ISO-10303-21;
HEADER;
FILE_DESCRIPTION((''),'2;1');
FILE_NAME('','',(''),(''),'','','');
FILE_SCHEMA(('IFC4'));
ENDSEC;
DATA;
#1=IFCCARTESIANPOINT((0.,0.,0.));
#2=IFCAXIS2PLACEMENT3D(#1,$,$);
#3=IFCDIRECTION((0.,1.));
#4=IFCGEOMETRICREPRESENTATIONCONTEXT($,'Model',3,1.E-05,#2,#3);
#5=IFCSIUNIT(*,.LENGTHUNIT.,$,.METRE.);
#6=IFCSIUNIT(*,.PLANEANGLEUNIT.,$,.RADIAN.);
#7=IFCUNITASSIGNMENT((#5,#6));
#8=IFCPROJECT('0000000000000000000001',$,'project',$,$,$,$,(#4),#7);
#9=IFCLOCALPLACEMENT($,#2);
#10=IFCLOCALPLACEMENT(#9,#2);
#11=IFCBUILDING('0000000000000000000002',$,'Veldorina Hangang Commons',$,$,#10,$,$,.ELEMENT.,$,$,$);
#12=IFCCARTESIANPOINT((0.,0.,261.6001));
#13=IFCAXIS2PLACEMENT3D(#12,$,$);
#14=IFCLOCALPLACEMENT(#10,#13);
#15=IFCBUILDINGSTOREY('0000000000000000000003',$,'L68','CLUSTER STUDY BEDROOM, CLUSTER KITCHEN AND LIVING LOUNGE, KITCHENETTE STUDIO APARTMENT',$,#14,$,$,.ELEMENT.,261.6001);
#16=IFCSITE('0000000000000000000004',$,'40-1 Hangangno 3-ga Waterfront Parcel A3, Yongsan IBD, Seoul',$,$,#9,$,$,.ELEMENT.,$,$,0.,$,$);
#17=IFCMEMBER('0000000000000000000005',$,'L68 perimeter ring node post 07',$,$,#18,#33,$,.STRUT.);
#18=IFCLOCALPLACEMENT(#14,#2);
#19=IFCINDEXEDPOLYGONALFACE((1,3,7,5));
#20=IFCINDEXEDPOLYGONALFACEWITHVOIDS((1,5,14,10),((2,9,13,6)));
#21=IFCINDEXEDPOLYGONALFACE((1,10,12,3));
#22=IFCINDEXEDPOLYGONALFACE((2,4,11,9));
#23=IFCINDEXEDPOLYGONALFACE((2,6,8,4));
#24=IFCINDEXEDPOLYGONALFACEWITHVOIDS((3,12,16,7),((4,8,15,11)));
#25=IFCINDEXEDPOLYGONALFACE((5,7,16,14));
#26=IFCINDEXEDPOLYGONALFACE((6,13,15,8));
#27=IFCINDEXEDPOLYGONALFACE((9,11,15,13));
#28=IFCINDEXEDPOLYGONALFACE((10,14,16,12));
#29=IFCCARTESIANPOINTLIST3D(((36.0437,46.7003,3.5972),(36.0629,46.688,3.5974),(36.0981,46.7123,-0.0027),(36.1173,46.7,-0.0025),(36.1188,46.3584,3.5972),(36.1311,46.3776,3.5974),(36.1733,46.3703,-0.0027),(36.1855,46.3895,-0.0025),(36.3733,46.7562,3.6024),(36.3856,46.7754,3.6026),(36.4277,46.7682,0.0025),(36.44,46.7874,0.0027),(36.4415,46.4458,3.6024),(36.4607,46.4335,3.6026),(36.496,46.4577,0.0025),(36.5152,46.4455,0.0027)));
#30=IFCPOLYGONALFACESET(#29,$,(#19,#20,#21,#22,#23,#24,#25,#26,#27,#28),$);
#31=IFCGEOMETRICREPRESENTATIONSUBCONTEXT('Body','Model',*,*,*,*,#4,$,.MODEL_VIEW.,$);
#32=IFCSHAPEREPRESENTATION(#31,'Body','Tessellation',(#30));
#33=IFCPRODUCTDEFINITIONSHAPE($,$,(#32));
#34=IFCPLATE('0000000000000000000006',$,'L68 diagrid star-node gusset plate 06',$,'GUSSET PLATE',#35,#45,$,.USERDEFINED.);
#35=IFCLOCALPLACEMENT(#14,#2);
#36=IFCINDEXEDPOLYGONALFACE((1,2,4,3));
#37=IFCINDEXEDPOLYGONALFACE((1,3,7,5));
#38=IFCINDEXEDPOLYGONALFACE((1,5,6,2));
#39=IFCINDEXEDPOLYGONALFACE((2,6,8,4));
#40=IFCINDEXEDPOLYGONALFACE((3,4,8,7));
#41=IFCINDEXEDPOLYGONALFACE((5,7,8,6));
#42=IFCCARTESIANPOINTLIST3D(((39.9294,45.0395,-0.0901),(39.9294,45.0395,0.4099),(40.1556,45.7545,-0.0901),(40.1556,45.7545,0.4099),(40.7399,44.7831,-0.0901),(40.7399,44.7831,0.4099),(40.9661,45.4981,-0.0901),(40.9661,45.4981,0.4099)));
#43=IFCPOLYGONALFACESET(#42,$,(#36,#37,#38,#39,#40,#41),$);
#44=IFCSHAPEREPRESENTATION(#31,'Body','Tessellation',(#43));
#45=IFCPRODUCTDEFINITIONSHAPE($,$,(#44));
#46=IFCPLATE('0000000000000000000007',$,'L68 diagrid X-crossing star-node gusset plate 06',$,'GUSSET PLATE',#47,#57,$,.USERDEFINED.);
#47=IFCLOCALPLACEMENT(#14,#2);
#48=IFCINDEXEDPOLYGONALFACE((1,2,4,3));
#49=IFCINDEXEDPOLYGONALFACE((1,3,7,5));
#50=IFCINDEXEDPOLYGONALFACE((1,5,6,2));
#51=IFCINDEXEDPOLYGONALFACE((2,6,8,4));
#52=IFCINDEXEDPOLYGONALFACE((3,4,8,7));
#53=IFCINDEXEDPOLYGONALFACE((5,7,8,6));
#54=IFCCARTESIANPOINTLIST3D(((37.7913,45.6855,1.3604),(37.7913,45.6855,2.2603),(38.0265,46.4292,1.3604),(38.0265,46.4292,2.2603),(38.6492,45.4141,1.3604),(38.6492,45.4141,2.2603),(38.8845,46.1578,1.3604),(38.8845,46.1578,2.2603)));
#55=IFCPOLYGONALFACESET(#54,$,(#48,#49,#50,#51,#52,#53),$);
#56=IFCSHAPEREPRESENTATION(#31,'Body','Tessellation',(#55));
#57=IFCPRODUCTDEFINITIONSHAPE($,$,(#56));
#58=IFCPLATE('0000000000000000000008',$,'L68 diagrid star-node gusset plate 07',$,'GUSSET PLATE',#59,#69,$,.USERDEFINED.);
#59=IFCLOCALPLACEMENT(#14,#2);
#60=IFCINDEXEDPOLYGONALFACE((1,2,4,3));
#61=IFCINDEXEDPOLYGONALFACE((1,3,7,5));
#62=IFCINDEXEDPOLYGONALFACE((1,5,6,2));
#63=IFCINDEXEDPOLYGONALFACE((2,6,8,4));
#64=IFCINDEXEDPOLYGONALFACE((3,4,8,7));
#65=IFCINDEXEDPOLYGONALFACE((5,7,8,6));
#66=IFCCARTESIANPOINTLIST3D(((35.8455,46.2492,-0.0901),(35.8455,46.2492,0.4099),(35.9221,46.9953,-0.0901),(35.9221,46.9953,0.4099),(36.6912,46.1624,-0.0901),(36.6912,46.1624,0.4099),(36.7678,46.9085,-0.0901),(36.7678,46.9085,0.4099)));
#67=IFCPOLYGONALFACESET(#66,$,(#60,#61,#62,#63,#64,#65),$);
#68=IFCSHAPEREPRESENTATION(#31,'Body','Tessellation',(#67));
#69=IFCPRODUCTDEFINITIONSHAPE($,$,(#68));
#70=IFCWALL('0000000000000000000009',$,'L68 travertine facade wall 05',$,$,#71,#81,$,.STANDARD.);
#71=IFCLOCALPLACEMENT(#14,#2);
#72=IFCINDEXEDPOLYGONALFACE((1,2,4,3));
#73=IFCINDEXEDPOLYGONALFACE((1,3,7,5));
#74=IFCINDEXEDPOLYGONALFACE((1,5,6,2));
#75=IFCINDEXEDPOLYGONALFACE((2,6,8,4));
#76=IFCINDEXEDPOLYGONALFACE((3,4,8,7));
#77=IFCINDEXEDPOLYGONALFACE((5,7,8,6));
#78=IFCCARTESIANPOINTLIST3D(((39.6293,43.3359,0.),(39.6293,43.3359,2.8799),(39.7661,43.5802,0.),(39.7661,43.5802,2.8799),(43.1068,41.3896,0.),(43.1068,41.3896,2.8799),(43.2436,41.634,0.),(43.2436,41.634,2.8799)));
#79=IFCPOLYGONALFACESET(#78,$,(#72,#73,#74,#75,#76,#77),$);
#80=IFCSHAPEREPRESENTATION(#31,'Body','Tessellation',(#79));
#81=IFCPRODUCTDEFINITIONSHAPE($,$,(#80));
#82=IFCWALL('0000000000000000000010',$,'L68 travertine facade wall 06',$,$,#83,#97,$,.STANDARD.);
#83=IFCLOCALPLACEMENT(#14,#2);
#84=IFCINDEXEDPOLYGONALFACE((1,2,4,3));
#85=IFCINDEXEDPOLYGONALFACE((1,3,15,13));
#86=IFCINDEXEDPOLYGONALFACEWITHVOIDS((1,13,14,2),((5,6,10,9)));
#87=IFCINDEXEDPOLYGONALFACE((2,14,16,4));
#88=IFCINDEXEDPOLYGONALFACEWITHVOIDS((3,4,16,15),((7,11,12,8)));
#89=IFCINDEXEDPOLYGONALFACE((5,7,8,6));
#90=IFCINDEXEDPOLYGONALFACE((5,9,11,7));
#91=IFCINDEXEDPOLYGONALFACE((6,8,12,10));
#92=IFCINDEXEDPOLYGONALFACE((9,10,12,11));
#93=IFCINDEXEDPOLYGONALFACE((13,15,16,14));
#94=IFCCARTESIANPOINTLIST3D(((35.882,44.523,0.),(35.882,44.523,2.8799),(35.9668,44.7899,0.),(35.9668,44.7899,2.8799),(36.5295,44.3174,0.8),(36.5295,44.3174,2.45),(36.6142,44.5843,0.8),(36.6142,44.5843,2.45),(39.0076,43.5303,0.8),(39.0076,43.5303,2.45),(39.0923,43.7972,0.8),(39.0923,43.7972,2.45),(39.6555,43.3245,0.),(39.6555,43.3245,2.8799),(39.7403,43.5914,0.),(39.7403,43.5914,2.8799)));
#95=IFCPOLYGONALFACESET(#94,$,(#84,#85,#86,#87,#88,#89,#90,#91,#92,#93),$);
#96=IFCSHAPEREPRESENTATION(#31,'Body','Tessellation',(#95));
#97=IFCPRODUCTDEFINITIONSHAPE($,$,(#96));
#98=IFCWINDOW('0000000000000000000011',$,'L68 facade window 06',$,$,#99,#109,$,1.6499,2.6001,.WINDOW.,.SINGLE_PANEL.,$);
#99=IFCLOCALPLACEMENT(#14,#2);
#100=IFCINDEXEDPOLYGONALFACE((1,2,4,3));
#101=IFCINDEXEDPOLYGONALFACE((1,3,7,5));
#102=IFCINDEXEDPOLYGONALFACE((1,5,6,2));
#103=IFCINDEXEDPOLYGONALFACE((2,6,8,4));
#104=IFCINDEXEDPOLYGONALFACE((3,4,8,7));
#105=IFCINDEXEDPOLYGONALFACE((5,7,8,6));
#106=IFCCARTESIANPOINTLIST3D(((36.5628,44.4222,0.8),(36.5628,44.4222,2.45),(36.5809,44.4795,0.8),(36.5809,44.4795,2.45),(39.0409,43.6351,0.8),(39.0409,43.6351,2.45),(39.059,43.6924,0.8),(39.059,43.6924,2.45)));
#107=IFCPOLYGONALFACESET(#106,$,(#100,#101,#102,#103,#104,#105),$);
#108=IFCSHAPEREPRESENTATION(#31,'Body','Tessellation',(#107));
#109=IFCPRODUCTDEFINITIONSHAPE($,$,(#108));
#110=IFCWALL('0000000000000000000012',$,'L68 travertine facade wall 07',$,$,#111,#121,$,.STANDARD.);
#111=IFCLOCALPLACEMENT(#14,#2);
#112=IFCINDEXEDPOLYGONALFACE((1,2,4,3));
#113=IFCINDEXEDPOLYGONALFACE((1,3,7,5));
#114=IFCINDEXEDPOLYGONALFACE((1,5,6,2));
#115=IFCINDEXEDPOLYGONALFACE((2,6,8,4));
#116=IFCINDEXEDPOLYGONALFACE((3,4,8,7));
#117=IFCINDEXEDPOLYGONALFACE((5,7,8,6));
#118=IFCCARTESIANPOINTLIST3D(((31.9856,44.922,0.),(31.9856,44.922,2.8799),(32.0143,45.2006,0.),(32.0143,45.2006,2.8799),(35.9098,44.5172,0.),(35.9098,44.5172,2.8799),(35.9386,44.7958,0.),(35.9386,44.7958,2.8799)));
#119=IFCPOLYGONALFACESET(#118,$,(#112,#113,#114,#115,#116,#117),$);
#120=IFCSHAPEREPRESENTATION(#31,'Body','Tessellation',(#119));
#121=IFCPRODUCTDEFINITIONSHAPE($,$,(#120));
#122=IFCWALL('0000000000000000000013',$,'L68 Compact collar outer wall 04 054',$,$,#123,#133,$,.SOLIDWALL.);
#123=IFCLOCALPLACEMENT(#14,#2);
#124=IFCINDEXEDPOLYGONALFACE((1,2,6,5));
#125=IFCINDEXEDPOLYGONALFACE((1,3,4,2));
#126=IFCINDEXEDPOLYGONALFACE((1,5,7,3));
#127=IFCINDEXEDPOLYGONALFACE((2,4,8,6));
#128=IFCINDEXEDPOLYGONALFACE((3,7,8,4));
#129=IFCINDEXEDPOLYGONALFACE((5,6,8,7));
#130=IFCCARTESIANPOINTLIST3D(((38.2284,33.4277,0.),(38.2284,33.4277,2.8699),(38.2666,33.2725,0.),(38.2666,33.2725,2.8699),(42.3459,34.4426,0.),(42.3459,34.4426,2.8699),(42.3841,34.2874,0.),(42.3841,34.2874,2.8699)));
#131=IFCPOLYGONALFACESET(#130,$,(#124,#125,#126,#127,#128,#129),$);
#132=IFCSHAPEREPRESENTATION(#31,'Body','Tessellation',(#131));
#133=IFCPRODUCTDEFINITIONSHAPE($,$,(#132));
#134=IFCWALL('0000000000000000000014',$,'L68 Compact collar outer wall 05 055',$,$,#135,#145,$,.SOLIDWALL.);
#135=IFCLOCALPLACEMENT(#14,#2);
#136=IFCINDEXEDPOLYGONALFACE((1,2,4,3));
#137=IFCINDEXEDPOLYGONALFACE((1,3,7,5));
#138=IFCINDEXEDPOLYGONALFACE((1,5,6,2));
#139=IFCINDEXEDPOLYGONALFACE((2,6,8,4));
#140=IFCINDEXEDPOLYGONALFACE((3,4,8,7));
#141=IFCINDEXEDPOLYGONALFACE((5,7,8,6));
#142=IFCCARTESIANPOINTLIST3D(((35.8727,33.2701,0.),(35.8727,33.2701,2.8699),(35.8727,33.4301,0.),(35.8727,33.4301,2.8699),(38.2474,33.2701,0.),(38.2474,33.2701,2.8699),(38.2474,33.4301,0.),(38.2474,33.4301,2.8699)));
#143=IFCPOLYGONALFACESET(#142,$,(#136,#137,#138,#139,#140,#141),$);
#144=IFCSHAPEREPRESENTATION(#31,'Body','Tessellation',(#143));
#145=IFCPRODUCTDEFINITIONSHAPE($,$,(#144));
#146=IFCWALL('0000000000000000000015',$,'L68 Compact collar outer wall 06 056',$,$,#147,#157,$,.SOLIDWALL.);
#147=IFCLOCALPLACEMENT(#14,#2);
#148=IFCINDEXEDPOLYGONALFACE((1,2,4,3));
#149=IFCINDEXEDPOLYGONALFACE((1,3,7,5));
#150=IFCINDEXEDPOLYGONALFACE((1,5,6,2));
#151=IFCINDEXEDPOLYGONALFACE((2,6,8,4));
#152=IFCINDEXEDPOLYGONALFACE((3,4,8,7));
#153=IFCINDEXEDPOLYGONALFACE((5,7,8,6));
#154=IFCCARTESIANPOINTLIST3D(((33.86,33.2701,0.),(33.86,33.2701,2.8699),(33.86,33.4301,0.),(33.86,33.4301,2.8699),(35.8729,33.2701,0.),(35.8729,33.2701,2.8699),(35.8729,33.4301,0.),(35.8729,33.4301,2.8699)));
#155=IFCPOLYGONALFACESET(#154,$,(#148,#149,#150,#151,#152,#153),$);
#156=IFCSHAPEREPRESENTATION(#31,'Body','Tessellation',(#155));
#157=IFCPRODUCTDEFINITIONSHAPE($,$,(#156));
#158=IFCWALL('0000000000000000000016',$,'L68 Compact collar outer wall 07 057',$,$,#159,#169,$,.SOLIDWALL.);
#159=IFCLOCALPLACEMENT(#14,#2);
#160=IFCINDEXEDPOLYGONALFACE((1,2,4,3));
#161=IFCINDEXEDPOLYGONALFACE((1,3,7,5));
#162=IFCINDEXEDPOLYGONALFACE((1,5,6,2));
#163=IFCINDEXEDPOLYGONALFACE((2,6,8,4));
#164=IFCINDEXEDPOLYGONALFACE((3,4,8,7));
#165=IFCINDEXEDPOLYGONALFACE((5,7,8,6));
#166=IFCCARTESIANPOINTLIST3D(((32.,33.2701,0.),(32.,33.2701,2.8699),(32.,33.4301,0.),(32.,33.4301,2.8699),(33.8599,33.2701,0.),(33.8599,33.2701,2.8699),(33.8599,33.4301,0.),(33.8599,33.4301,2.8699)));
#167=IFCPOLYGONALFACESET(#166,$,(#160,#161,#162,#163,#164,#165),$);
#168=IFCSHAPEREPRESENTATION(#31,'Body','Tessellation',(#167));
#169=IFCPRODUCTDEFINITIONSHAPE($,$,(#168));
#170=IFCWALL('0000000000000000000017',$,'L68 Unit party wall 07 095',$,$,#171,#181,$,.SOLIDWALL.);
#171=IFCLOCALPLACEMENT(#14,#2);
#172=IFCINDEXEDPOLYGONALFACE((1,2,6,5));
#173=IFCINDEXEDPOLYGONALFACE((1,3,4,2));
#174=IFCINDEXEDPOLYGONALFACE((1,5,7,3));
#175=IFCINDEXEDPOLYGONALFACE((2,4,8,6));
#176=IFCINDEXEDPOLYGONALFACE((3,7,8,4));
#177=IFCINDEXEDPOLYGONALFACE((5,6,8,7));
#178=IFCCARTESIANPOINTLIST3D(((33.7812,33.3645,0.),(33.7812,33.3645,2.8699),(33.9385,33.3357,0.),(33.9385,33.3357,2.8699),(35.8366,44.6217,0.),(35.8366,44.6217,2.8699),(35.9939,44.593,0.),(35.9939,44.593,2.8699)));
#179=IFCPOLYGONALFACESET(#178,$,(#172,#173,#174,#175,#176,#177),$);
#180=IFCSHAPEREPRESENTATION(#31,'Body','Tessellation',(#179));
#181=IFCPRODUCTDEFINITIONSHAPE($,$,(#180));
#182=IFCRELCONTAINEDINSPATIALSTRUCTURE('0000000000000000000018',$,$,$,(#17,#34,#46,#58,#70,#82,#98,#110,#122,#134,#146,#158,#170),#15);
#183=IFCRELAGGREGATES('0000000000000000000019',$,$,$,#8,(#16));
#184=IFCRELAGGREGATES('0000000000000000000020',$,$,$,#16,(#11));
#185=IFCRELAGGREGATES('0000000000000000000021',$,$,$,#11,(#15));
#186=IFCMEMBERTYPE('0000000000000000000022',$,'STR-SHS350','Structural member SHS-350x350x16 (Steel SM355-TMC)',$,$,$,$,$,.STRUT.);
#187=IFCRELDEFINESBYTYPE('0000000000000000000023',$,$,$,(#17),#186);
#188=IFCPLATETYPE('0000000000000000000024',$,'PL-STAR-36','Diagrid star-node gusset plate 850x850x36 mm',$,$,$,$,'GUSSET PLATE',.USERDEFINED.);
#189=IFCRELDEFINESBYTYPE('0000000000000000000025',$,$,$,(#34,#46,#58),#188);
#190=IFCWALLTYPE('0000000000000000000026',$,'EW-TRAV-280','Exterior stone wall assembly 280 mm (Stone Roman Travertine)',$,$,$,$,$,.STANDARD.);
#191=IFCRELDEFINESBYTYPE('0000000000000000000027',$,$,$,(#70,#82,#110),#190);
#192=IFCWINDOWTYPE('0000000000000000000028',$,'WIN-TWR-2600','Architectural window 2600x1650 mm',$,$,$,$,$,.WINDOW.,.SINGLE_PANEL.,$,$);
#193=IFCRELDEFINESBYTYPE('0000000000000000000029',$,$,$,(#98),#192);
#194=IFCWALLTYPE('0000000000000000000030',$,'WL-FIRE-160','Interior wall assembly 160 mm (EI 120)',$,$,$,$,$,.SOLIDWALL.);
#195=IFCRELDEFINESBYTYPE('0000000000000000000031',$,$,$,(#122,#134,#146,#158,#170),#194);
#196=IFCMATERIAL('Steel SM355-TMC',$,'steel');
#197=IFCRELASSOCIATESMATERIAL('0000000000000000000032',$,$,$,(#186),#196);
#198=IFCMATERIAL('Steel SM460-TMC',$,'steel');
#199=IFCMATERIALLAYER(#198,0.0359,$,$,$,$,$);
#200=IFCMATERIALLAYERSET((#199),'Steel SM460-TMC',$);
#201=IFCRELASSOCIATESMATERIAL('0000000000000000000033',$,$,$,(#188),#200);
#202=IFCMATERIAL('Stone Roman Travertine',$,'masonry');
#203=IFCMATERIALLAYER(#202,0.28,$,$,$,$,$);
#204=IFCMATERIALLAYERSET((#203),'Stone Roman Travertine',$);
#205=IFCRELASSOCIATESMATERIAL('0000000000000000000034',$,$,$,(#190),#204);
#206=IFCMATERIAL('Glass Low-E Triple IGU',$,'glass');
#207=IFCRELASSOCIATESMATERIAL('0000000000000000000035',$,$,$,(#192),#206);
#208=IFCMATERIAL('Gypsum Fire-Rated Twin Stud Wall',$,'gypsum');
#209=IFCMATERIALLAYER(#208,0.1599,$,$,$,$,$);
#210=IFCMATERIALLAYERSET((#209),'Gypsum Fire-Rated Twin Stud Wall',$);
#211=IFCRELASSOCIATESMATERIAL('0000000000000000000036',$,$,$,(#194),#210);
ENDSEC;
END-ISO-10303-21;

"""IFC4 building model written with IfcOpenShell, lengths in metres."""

from ifc_helpers import new_model, si_unit, direction, frame, frame_2d, origin, origin_2d, place, context, subcontext, project, spatial, rectangle, hollow_rectangle, extrude, material, layer, layer_set, material_profile, profile_set, type_object, element, fill, save


model = new_model("IFC4")

# Units and contexts
model_context = context("Model", 3, precision=1e-05, world=origin(), true_north=direction((0.0, 1.0)))
body_context = subcontext(model_context, "Body", "Model", "MODEL_VIEW")
ifc_project = project(units=[si_unit("LENGTHUNIT", "METRE"), si_unit("PLANEANGLEUNIT", "RADIAN")], contexts=[model_context])

# Site, building, storey
site_placement = place(None, origin())
site = spatial("IfcSite", under=ifc_project, at=site_placement, Name="40-1 Hangangno 3-ga Waterfront Parcel A3, Yongsan IBD, Seoul", CompositionType="ELEMENT", RefElevation=0.0)
building_placement = place(site_placement, origin())
building = spatial("IfcBuilding", under=site, at=building_placement, Name="Veldorina Hangang Commons", CompositionType="ELEMENT")
storey_placement = place(building_placement, frame((0.0, 0.0, 261.6001)))
storey = spatial("IfcBuildingStorey", under=building, at=storey_placement, Name="L68", Description="CLUSTER STUDY BEDROOM, CLUSTER KITCHEN AND LIVING LOUNGE, KITCHENETTE STUDIO APARTMENT", CompositionType="ELEMENT", Elevation=261.6001)

# Shared definitions
ifc_material_1 = material(Name="Steel SM355-TMC", Category="steel")

# Member
ifc_material_profile_1 = material_profile(ifc_material_1, hollow_rectangle(XDim=0.3501, YDim=0.3501, WallThickness=0.0161, at=origin_2d()), Name="SHS-350x350x16")
ifc_profile_set_1 = profile_set([ifc_material_profile_1], Name="Steel SM355-TMC")
member_type_1 = type_object("IfcMemberType", Name="STR-SHS350", Description="Structural member SHS-350x350x16 (Steel SM355-TMC)", PredefinedType="STRUT", material=ifc_profile_set_1)
member_1_placement = place(storey_placement, frame((36.3066, 46.5789, 0.0), z_axis=(-0.015122, -0.003323, 0.99988), x_axis=(0.214611, -0.9767, 0.0)))
element("IfcMember", 1, at=member_1_placement, inside=storey, type_object=member_type_1, Name="L68 perimeter ring node post 07", PredefinedType="STRUT", context=body_context, shape_type="SweptSolid", body=[
    extrude(hollow_rectangle(XDim=0.3501, YDim=0.3501, WallThickness=0.0161, at=origin_2d()), origin(), (0.0, 0.0, 1.0), 3.6003),
])

# Plates
ifc_material_2 = material(Name="Steel SM460-TMC", Category="steel")
ifc_layer_1 = layer(ifc_material_2, 0.0359)
ifc_layer_set_1 = layer_set([ifc_layer_1], Name="Steel SM460-TMC")
plate_type = type_object("IfcPlateType", Name="PL-STAR-36", Description="Diagrid star-node gusset plate 850x850x36 mm", ElementType="GUSSET PLATE", PredefinedType="USERDEFINED", material=ifc_layer_set_1)
plate_1_placement = place(storey_placement, frame((40.4478, 45.2688, -0.0901), z_axis=(0.0, 0.0, 1.0), x_axis=(-0.953428, 0.301621, 0.0)))
element("IfcPlate", 2, at=plate_1_placement, inside=storey, type_object=plate_type, Name="L68 diagrid star-node gusset plate 06", ObjectType="GUSSET PLATE", PredefinedType="USERDEFINED", context=body_context, shape_type="SweptSolid", body=[
    extrude(rectangle(XDim=0.8501, YDim=0.75, at=origin_2d()), origin(), (0.0, 0.0, 1.0), 0.5),
])
plate_2_placement = place(storey_placement, frame((38.3379, 45.9216, 1.3604), z_axis=(0.0, 0.0, 1.0), x_axis=(-0.953428, 0.301621, 0.0)))
element("IfcPlate", 3, at=plate_2_placement, inside=storey, type_object=plate_type, Name="L68 diagrid X-crossing star-node gusset plate 06", ObjectType="GUSSET PLATE", PredefinedType="USERDEFINED", context=body_context, shape_type="SweptSolid", body=[
    extrude(rectangle(XDim=0.8999, YDim=0.78, at=origin_2d()), origin(), (0.0, 0.0, 1.0), 0.8999),
])
plate_3_placement = place(storey_placement, frame((36.3066, 46.5789, -0.0901), z_axis=(0.0, 0.0, 1.0), x_axis=(-0.994767, 0.102168, 0.0)))
element("IfcPlate", 4, at=plate_3_placement, inside=storey, type_object=plate_type, Name="L68 diagrid star-node gusset plate 07", ObjectType="GUSSET PLATE", PredefinedType="USERDEFINED", context=body_context, shape_type="SweptSolid", body=[
    extrude(rectangle(XDim=0.8501, YDim=0.75, at=origin_2d()), origin(), (0.0, 0.0, 1.0), 0.5),
])

# Wall
ifc_material_3 = material(Name="Stone Roman Travertine", Category="masonry")
ifc_layer_2 = layer(ifc_material_3, 0.28)
ifc_layer_set_2 = layer_set([ifc_layer_2], Name="Stone Roman Travertine")
wall_type_1 = type_object("IfcWallType", Name="EW-TRAV-280", Description="Exterior stone wall assembly 280 mm (Stone Roman Travertine)", PredefinedType="STANDARD", material=ifc_layer_set_2)
wall_1_placement = place(storey_placement, frame((43.1753, 41.5117, 0.0), z_axis=(0.0, 0.0, 1.0), x_axis=(-0.872627, 0.488387, 0.0)))
element("IfcWall", 5, at=wall_1_placement, inside=storey, type_object=wall_type_1, Name="L68 travertine facade wall 05", PredefinedType="STANDARD", context=body_context, shape_type="SweptSolid", body=[
    extrude(rectangle(XDim=3.9851, YDim=0.28, at=frame_2d((1.9927, 0.0))), origin(), (0.0, 0.0, 1.0), 2.8799),
])

# Wall, opening, window
wall_2_placement = place(storey_placement, frame((39.6978, 43.458, 0.0), z_axis=(0.0, 0.0, 1.0), x_axis=(-0.953083, 0.30271, 0.0)))
wall_2 = element("IfcWall", 6, at=wall_2_placement, inside=storey, type_object=wall_type_1, Name="L68 travertine facade wall 06", PredefinedType="STANDARD", context=body_context, shape_type="SweptSolid", body=[
    extrude(rectangle(XDim=3.9592, YDim=0.28, at=frame_2d((1.9795, 0.0))), origin(), (0.0, 0.0, 1.0), 2.8799),
])
opening_1_placement = place(wall_2_placement, frame((0.6797, 0.0, 0.8)))
opening_1 = element("IfcOpeningElement", 7, at=opening_1_placement, cuts=wall_2, PredefinedType="OPENING", context=body_context, shape_type="SweptSolid", body=[
    extrude(rectangle(XDim=2.6001, YDim=1.6499, at=frame_2d((1.3, 0.825))), frame((0.0, 0.1499, 0.0), z_axis=(0.0, -1.0, 0.0), x_axis=(1.0, 0.0, 0.0)), (0.0, 0.0, 1.0), 0.3),
])
ifc_material_4 = material(Name="Glass Low-E Triple IGU", Category="glass")
window_type = type_object("IfcWindowType", Name="WIN-TWR-2600", Description="Architectural window 2600x1650 mm", PartitioningType="SINGLE_PANEL", PredefinedType="WINDOW", material=ifc_material_4)
window_placement = place(opening_1_placement, origin())
window = element("IfcWindow", 8, at=window_placement, inside=storey, type_object=window_type, Name="L68 facade window 06", OverallHeight=1.6499, OverallWidth=2.6001, PartitioningType="SINGLE_PANEL", PredefinedType="WINDOW", context=body_context, shape_type="SweptSolid", body=[
    extrude(rectangle(XDim=2.6001, YDim=1.6499, at=frame_2d((1.3, 0.825))), frame((0.0, 0.03, 0.0), z_axis=(0.0, -1.0, 0.0), x_axis=(1.0, 0.0, 0.0)), (0.0, 0.0, 1.0), 0.0601),
])
fill(opening_1, window)

# Walls
wall_3_placement = place(storey_placement, frame((35.9243, 44.6565, 0.0), z_axis=(0.0, 0.0, 1.0), x_axis=(-0.994722, 0.102604, 0.0)))
element("IfcWall", 9, at=wall_3_placement, inside=storey, type_object=wall_type_1, Name="L68 travertine facade wall 07", PredefinedType="STANDARD", context=body_context, shape_type="SweptSolid", body=[
    extrude(rectangle(XDim=3.9451, YDim=0.28, at=frame_2d((1.9727, 0.0))), origin(), (0.0, 0.0, 1.0), 2.8799),
])
ifc_material_5 = material(Name="Gypsum Fire-Rated Twin Stud Wall", Category="gypsum")
ifc_layer_3 = layer(ifc_material_5, 0.1599)
ifc_layer_set_3 = layer_set([ifc_layer_3], Name="Gypsum Fire-Rated Twin Stud Wall")
wall_type_2 = type_object("IfcWallType", Name="WL-FIRE-160", Description="Interior wall assembly 160 mm (EI 120)", PredefinedType="SOLIDWALL", material=ifc_layer_set_3)
wall_4_placement = place(storey_placement, frame((42.365, 34.365, 0.0), z_axis=(0.0, 0.0, 1.0), x_axis=(-0.97094, -0.239324, 0.0)))
element("IfcWall", 10, at=wall_4_placement, inside=storey, type_object=wall_type_2, Name="L68 Compact collar outer wall 04 054", PredefinedType="SOLIDWALL", context=body_context, shape_type="SweptSolid", body=[
    extrude(rectangle(XDim=4.2407, YDim=0.1599, at=frame_2d((2.1204, 0.0))), origin(), (0.0, 0.0, 1.0), 2.8699),
])
wall_5_placement = place(storey_placement, frame((38.2476, 33.3501, 0.0), z_axis=(0.0, 0.0, 1.0), x_axis=(-1.0, 0.0, 0.0)))
element("IfcWall", 11, at=wall_5_placement, inside=storey, type_object=wall_type_2, Name="L68 Compact collar outer wall 05 055", PredefinedType="SOLIDWALL", context=body_context, shape_type="SweptSolid", body=[
    extrude(rectangle(XDim=2.3748, YDim=0.1599, at=frame_2d((1.1875, 0.0))), origin(), (0.0, 0.0, 1.0), 2.8699),
])
wall_6_placement = place(storey_placement, frame((35.8728, 33.3501, 0.0), z_axis=(0.0, 0.0, 1.0), x_axis=(-1.0, 0.0, 0.0)))
element("IfcWall", 12, at=wall_6_placement, inside=storey, type_object=wall_type_2, Name="L68 Compact collar outer wall 06 056", PredefinedType="SOLIDWALL", context=body_context, shape_type="SweptSolid", body=[
    extrude(rectangle(XDim=2.0129, YDim=0.1599, at=frame_2d((1.0063, 0.0))), origin(), (0.0, 0.0, 1.0), 2.8699),
])
wall_7_placement = place(storey_placement, frame((33.8599, 33.3501, 0.0), z_axis=(0.0, 0.0, 1.0), x_axis=(-1.0, 0.0, 0.0)))
element("IfcWall", 13, at=wall_7_placement, inside=storey, type_object=wall_type_2, Name="L68 Compact collar outer wall 07 057", PredefinedType="SOLIDWALL", context=body_context, shape_type="SweptSolid", body=[
    extrude(rectangle(XDim=1.8599, YDim=0.1599, at=frame_2d((0.9299, 0.0))), origin(), (0.0, 0.0, 1.0), 2.8699),
])
wall_8_placement = place(storey_placement, frame((33.8599, 33.3501, 0.0), z_axis=(0.0, 0.0, 1.0), x_axis=(0.179616, 0.983737, 0.0)))
element("IfcWall", 14, at=wall_8_placement, inside=storey, type_object=wall_type_2, Name="L68 Unit party wall 07 095", PredefinedType="SOLIDWALL", context=body_context, shape_type="SweptSolid", body=[
    extrude(rectangle(XDim=11.4434, YDim=0.1599, at=frame_2d((5.7217, 0.0))), origin(), (0.0, 0.0, 1.0), 2.8699),
])

save(model, "model.ifc")
